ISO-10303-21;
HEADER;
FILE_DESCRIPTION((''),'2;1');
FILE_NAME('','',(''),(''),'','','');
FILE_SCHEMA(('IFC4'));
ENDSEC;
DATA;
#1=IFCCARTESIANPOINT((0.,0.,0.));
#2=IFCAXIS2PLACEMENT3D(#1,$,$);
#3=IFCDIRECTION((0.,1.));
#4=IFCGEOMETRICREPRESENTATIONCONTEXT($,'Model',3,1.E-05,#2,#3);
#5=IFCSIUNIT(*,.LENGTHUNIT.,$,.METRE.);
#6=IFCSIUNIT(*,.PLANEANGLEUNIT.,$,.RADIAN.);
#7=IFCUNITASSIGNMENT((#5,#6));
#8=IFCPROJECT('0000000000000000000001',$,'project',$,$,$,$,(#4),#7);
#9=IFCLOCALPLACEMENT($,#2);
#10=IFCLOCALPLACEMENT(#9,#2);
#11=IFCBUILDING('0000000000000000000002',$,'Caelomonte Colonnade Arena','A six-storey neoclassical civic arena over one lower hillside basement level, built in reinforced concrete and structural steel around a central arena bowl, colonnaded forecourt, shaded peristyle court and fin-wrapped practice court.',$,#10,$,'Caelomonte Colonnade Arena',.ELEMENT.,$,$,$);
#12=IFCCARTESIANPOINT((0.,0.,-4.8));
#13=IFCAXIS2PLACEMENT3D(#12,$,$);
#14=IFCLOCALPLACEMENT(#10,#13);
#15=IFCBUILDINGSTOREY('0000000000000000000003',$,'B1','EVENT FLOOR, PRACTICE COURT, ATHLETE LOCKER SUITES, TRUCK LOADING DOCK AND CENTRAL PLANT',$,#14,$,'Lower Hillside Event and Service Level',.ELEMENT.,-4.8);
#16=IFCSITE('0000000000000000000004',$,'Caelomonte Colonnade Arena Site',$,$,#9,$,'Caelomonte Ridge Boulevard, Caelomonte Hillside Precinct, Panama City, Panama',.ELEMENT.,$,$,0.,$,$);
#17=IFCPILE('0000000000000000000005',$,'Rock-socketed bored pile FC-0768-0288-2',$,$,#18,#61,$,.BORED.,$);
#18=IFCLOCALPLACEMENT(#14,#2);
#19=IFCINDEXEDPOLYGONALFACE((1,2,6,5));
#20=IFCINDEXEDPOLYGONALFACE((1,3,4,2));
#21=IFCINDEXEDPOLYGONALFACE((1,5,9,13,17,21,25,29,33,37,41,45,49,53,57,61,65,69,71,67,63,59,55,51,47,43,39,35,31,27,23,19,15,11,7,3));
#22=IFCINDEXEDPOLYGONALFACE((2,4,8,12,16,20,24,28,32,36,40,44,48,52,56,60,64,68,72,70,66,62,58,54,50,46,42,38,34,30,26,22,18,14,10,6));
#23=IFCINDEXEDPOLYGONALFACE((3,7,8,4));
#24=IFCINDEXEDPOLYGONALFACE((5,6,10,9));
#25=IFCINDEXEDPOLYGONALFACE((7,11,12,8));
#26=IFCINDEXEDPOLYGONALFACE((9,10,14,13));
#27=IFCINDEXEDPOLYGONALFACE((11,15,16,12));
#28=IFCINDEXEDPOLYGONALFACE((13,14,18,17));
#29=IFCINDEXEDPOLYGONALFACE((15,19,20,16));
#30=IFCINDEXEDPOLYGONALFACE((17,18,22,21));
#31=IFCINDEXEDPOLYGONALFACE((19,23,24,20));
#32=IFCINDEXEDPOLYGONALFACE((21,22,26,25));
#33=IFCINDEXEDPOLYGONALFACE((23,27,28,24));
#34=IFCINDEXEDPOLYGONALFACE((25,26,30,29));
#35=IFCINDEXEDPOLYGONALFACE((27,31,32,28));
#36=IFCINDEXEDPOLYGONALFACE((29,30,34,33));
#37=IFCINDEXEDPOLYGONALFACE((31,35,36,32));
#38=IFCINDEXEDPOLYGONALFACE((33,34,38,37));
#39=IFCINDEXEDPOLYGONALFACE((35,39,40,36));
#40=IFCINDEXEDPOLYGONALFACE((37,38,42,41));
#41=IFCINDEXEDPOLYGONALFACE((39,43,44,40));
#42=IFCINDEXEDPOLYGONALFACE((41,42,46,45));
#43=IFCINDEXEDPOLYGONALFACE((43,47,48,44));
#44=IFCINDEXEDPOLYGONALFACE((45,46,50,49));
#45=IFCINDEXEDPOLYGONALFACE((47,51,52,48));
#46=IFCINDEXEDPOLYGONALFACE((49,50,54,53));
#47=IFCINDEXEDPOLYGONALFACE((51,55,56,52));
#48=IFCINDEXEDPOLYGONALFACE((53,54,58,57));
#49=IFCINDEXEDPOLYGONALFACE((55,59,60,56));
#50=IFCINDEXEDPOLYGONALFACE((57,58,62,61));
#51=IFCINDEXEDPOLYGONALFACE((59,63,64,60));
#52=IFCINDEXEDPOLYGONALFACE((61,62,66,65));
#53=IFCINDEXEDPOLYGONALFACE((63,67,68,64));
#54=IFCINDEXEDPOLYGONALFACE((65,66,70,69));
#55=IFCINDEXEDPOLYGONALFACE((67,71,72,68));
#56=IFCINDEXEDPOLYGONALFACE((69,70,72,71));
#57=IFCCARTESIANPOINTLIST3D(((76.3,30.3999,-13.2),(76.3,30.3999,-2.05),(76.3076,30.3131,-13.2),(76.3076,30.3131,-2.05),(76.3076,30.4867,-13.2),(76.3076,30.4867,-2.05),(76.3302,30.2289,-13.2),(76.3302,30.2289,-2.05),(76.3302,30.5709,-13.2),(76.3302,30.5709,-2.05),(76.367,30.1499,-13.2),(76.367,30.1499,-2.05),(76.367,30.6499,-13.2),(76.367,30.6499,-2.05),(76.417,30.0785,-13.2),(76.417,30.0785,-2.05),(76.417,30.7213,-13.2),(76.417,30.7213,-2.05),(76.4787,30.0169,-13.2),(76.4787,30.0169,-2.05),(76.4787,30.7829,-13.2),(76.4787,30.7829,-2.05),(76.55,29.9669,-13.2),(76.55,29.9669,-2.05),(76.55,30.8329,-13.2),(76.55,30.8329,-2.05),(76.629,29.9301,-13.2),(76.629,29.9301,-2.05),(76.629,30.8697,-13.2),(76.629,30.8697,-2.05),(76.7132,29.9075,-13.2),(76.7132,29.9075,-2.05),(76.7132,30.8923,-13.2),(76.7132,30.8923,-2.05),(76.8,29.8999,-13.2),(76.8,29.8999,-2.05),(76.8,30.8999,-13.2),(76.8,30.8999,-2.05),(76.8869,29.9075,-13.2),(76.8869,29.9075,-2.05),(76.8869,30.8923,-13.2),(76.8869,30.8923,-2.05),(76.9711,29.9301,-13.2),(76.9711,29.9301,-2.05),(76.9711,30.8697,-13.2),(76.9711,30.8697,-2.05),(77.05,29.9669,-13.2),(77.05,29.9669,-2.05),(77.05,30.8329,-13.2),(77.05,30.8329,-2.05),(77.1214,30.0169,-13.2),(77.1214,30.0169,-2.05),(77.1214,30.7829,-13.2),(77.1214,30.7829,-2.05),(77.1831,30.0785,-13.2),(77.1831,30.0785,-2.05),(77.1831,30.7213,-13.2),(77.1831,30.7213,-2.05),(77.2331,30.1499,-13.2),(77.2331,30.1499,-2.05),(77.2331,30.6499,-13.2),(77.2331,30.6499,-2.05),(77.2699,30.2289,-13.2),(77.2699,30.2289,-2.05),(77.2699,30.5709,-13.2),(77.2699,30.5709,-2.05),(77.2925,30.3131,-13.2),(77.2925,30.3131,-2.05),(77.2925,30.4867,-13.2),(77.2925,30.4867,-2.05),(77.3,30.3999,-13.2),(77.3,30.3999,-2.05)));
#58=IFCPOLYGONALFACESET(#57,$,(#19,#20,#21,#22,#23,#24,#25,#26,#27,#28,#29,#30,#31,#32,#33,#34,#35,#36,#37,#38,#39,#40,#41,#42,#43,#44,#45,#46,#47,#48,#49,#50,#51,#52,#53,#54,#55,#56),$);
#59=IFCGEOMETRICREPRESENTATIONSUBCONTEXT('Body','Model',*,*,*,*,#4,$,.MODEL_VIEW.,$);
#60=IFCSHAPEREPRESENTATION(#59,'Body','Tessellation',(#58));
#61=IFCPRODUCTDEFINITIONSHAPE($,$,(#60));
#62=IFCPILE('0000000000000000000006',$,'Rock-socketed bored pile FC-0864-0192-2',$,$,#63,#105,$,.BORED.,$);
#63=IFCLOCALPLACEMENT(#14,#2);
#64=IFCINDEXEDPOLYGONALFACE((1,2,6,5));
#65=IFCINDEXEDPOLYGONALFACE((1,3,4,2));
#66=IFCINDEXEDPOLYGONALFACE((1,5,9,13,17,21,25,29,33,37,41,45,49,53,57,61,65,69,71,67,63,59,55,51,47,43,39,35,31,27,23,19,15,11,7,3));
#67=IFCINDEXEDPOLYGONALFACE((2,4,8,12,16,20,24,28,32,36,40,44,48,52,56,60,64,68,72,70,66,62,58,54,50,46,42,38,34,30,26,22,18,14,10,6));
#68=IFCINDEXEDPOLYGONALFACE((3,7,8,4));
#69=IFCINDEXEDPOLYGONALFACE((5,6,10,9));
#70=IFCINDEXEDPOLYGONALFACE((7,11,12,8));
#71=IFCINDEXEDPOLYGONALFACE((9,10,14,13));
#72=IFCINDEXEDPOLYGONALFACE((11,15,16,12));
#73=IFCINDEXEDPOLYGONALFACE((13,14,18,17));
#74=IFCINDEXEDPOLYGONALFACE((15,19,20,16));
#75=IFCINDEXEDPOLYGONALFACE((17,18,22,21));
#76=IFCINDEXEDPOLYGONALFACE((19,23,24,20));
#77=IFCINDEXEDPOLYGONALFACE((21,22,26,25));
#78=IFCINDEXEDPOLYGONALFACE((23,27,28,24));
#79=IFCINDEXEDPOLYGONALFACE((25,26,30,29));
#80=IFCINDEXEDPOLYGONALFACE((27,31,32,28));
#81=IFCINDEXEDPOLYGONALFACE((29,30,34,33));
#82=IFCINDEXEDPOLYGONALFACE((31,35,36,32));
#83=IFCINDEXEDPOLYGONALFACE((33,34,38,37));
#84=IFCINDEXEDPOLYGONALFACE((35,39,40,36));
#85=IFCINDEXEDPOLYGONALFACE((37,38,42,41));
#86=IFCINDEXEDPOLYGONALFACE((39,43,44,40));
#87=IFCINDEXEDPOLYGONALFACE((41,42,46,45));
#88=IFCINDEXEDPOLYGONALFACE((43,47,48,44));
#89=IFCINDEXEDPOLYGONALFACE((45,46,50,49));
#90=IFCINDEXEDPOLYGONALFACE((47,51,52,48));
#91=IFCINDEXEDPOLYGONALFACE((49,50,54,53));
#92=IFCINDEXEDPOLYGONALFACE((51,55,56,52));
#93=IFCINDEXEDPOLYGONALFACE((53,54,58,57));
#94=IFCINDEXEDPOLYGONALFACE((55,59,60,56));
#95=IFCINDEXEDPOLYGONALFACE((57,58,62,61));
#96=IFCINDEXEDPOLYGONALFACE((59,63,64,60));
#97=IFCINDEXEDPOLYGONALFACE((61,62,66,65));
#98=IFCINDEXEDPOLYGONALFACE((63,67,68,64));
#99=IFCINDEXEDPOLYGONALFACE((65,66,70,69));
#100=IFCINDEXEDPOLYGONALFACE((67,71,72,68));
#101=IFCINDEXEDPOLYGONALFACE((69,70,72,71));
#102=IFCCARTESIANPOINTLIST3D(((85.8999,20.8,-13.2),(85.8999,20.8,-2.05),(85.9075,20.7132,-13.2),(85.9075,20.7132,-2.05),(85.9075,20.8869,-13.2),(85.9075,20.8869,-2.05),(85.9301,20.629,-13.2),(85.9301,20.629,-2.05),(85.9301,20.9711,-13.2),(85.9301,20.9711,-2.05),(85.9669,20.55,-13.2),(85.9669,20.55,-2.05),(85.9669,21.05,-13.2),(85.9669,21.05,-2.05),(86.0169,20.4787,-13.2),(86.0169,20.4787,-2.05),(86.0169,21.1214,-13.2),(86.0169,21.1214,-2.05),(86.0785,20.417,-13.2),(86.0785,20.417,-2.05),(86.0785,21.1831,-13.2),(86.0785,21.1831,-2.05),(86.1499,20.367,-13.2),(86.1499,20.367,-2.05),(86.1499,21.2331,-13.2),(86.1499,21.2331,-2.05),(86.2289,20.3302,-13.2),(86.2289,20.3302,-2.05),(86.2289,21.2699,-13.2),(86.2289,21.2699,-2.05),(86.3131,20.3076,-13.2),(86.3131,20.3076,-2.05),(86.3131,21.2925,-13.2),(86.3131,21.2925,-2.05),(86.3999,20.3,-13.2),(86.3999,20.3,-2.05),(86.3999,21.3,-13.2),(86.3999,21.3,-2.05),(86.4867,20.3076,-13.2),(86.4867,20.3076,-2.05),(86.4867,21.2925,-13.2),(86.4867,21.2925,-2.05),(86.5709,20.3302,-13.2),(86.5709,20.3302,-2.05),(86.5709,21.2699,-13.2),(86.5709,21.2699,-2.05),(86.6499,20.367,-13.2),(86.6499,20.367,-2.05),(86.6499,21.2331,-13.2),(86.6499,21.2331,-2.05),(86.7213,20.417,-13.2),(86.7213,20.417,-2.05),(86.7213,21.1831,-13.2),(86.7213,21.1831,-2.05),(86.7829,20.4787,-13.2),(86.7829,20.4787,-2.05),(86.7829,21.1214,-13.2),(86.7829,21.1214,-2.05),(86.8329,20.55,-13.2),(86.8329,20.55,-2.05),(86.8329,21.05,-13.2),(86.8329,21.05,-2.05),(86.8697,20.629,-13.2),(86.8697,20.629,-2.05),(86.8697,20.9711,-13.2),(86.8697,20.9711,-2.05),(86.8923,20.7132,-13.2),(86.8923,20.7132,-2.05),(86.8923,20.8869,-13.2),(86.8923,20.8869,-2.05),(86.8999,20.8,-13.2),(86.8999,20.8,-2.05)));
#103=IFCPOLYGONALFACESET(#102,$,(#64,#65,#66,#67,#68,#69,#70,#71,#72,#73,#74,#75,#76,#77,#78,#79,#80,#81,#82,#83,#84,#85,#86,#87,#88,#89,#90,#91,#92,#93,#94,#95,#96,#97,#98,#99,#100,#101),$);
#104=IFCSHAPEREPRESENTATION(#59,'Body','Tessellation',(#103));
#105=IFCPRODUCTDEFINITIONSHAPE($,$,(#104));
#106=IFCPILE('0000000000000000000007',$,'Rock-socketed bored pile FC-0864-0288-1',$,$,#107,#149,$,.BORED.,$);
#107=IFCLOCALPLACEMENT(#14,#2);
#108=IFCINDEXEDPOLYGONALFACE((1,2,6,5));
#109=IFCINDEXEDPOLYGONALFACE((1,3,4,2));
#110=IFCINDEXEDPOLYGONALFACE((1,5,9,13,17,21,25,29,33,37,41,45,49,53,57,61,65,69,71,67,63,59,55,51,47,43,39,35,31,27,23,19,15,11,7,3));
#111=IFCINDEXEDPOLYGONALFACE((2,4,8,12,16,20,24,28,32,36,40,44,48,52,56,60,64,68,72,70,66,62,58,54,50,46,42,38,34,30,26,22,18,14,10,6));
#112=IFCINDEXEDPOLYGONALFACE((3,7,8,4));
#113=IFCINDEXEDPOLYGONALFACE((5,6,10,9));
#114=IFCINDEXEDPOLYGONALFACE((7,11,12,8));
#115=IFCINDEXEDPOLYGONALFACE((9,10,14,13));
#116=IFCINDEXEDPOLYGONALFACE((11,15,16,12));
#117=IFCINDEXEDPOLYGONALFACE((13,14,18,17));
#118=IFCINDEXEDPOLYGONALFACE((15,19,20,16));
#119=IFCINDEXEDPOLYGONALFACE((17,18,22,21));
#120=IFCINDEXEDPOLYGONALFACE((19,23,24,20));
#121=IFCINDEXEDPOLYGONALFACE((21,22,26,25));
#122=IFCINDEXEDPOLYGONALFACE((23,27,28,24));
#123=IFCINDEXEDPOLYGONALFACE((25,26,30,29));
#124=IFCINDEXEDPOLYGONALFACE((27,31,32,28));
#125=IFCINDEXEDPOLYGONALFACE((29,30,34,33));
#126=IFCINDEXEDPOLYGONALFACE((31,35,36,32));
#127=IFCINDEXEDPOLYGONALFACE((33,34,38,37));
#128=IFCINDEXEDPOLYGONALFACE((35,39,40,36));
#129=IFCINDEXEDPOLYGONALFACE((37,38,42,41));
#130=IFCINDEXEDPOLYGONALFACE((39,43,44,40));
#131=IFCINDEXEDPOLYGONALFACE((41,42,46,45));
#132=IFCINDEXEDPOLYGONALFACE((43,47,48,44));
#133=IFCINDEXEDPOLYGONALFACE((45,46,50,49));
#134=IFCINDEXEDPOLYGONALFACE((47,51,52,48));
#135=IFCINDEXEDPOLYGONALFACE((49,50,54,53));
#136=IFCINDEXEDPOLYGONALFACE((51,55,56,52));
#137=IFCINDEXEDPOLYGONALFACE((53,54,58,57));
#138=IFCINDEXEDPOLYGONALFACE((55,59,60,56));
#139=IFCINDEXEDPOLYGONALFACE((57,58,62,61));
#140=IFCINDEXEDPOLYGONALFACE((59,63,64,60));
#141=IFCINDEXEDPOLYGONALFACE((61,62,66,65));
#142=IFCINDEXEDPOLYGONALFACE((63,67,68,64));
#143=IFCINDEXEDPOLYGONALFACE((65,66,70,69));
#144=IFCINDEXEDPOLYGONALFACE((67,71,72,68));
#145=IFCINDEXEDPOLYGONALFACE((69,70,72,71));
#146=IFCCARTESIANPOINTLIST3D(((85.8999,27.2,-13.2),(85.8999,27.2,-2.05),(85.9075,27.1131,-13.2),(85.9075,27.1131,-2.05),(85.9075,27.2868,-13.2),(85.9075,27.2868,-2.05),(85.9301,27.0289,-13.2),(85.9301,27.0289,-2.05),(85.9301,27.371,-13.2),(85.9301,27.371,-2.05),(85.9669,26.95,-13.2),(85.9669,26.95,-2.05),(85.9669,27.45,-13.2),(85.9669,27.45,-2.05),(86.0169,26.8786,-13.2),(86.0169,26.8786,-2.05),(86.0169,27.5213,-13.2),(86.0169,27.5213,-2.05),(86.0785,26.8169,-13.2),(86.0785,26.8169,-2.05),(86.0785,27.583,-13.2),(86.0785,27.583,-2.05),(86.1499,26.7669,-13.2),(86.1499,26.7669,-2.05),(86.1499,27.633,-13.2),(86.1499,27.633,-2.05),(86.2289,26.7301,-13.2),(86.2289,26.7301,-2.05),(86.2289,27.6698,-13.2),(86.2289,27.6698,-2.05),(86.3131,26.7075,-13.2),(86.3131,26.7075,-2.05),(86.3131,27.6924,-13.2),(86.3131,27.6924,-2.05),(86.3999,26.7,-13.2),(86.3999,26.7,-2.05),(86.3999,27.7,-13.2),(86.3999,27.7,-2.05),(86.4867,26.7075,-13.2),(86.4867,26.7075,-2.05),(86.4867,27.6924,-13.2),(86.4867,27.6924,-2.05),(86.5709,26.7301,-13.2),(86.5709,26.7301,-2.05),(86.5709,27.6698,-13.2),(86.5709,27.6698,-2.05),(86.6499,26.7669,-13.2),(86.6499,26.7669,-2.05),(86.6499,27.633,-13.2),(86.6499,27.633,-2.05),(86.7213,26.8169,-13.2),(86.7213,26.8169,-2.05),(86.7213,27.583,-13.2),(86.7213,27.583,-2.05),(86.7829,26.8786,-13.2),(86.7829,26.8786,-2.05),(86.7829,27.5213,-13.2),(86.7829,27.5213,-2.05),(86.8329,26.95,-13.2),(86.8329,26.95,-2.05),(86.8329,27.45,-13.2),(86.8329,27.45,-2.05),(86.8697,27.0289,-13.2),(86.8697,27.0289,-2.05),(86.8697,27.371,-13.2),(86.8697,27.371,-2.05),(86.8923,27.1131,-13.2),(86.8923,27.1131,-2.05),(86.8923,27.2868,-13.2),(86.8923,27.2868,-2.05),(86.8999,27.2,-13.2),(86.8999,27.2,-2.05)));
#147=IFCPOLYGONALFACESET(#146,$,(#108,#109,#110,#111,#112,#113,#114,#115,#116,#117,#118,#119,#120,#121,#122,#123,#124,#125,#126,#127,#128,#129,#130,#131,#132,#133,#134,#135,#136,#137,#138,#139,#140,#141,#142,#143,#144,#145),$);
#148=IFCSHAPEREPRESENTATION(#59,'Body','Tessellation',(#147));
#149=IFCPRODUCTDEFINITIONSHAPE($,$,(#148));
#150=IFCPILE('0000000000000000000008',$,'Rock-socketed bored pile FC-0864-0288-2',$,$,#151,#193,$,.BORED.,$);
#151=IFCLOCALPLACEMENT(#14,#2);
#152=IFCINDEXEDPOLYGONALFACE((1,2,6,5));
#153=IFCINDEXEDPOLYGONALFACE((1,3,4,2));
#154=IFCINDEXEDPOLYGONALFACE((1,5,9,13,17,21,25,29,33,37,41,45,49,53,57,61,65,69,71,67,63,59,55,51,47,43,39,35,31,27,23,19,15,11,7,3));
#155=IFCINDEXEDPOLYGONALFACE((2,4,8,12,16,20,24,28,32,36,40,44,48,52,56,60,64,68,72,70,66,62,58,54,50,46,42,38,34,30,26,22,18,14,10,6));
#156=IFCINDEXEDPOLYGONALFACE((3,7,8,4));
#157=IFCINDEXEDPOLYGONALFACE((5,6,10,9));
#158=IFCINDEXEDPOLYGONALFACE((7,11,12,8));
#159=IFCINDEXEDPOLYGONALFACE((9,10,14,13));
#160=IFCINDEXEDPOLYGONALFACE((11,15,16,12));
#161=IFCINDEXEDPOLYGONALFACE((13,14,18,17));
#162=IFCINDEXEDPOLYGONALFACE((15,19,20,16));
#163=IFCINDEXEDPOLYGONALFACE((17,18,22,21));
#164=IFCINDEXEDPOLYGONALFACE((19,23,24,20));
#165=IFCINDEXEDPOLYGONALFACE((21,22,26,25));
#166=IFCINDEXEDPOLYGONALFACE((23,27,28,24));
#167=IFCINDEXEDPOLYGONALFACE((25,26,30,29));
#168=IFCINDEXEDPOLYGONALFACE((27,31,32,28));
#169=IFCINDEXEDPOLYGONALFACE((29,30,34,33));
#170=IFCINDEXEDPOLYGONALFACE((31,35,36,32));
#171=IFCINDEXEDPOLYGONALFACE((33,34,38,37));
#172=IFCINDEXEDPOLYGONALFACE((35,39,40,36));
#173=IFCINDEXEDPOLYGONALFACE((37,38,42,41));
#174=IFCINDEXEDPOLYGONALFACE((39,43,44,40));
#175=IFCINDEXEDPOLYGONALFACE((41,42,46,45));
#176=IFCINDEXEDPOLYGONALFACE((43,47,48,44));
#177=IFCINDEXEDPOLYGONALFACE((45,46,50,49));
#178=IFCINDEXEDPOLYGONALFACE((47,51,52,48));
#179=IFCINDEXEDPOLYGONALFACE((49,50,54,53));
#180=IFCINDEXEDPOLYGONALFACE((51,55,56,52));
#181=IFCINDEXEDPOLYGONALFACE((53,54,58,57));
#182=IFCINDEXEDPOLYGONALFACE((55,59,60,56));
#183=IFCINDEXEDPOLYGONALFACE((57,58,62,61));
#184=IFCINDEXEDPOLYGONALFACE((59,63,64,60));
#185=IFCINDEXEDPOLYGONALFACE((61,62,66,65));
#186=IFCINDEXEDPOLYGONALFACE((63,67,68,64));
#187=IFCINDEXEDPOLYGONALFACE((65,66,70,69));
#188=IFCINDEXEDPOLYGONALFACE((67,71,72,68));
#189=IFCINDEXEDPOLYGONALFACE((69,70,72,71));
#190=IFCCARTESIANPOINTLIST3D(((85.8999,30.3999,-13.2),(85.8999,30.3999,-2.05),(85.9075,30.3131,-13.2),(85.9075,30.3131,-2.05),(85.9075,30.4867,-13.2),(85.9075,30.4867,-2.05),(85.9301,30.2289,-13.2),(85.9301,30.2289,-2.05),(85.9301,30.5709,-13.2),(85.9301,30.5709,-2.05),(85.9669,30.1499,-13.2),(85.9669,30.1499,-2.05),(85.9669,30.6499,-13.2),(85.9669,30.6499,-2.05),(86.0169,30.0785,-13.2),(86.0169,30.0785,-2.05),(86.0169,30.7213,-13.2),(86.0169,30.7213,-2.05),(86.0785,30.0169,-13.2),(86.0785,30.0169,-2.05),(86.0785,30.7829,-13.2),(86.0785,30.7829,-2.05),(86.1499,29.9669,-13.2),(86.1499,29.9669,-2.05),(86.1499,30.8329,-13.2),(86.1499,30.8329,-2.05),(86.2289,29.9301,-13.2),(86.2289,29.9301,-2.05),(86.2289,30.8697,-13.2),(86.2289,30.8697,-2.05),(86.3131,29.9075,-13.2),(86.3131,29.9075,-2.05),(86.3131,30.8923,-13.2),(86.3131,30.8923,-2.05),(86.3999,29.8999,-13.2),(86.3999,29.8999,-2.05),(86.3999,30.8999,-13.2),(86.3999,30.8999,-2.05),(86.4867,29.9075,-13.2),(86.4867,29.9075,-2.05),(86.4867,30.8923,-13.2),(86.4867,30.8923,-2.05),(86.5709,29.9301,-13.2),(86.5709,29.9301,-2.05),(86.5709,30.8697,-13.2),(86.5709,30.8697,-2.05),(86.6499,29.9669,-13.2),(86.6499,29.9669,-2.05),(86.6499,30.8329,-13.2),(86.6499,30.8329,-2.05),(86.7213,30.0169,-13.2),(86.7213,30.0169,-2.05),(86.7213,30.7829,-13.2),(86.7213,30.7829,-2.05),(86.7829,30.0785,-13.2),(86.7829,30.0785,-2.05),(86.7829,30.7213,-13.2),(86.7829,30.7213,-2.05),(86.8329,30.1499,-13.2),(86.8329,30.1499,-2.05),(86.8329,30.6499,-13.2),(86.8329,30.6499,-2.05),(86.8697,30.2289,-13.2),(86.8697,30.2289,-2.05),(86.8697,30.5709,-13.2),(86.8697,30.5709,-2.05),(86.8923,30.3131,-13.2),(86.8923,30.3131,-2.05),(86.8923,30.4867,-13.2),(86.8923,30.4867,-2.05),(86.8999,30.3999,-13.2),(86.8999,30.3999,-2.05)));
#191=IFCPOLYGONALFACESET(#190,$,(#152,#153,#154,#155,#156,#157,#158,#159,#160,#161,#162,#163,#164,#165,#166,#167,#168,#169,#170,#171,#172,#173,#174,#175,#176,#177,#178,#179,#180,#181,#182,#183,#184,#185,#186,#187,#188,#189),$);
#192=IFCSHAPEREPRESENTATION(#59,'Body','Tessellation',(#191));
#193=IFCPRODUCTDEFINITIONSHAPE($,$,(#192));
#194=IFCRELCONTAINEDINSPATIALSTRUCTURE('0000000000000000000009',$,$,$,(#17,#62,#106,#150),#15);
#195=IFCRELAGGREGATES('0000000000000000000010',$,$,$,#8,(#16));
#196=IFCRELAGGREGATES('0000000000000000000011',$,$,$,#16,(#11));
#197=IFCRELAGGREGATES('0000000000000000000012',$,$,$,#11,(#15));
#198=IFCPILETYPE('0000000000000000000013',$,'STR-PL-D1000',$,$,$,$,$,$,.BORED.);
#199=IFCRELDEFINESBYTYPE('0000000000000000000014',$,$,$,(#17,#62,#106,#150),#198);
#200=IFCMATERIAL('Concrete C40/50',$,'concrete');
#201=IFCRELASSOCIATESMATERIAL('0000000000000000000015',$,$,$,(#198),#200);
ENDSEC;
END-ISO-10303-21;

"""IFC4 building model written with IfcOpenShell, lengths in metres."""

from ifc_helpers import new_model, si_unit, direction, frame, origin, origin_2d, place, context, subcontext, project, spatial, circle, extrude, material, material_profile, profile_set, type_object, element, save


model = new_model("IFC4")

# Units and contexts
model_context = context("Model", 3, precision=1e-05, world=origin(), true_north=direction((0.0, 1.0)))
body_context = subcontext(model_context, "Body", "Model", "MODEL_VIEW")
ifc_project = project(units=[si_unit("LENGTHUNIT", "METRE"), si_unit("PLANEANGLEUNIT", "RADIAN")], contexts=[model_context])

# Site, building, storey
site_placement = place(None, origin())
site = spatial("IfcSite", under=ifc_project, at=site_placement, Name="Caelomonte Colonnade Arena Site", LongName="Caelomonte Ridge Boulevard, Caelomonte Hillside Precinct, Panama City, Panama", CompositionType="ELEMENT", RefElevation=0.0)
building_placement = place(site_placement, origin())
building = spatial("IfcBuilding", under=site, at=building_placement, Name="Caelomonte Colonnade Arena", Description="A six-storey neoclassical civic arena over one lower hillside basement level, built in reinforced concrete and structural steel around a central arena bowl, colonnaded forecourt, shaded peristyle court and fin-wrapped practice court.", LongName="Caelomonte Colonnade Arena", CompositionType="ELEMENT")
storey_placement = place(building_placement, frame((0.0, 0.0, -4.8)))
storey = spatial("IfcBuildingStorey", under=building, at=storey_placement, Name="B1", Description="EVENT FLOOR, PRACTICE COURT, ATHLETE LOCKER SUITES, TRUCK LOADING DOCK AND CENTRAL PLANT", LongName="Lower Hillside Event and Service Level", CompositionType="ELEMENT", Elevation=-4.8)

# Shared definitions
ifc_material_1 = material(Name="Concrete C40/50", Category="concrete")

# Piles
ifc_material_profile_1 = material_profile(ifc_material_1, circle(Radius=0.5, at=origin_2d()), Name="PILE-D1000")
ifc_profile_set_1 = profile_set([ifc_material_profile_1], Name="Concrete C40/50")
pile_type_1 = type_object("IfcPileType", Name="STR-PL-D1000", PredefinedType="BORED", material=ifc_profile_set_1)
for number, where, z_axis, x_axis, name in (
    (1, (76.8, 30.3999, -2.05), (0.0, 0.0, -1.0), (1.0, 0.0, 0.0), "Rock-socketed bored pile FC-0768-0288-2"),
    (2, (86.3999, 20.8, -2.05), (0.0, 0.0, -1.0), (1.0, 0.0, 0.0), "Rock-socketed bored pile FC-0864-0192-2"),
    (3, (86.3999, 27.2, -2.05), (0.0, 0.0, -1.0), (1.0, 0.0, 0.0), "Rock-socketed bored pile FC-0864-0288-1"),
    (4, (86.3999, 30.3999, -2.05), (0.0, 0.0, -1.0), (1.0, 0.0, 0.0), "Rock-socketed bored pile FC-0864-0288-2"),
):
    element("IfcPile", number, at=place(storey_placement, frame(where, z_axis=z_axis, x_axis=x_axis)), inside=storey, type_object=pile_type_1, Name=name, PredefinedType="BORED", context=body_context, shape_type="SweptSolid", body=[
        extrude(circle(Radius=0.5, at=origin_2d()), origin(), (0.0, 0.0, 1.0), 11.1499),
    ])

save(model, "model.ifc")
